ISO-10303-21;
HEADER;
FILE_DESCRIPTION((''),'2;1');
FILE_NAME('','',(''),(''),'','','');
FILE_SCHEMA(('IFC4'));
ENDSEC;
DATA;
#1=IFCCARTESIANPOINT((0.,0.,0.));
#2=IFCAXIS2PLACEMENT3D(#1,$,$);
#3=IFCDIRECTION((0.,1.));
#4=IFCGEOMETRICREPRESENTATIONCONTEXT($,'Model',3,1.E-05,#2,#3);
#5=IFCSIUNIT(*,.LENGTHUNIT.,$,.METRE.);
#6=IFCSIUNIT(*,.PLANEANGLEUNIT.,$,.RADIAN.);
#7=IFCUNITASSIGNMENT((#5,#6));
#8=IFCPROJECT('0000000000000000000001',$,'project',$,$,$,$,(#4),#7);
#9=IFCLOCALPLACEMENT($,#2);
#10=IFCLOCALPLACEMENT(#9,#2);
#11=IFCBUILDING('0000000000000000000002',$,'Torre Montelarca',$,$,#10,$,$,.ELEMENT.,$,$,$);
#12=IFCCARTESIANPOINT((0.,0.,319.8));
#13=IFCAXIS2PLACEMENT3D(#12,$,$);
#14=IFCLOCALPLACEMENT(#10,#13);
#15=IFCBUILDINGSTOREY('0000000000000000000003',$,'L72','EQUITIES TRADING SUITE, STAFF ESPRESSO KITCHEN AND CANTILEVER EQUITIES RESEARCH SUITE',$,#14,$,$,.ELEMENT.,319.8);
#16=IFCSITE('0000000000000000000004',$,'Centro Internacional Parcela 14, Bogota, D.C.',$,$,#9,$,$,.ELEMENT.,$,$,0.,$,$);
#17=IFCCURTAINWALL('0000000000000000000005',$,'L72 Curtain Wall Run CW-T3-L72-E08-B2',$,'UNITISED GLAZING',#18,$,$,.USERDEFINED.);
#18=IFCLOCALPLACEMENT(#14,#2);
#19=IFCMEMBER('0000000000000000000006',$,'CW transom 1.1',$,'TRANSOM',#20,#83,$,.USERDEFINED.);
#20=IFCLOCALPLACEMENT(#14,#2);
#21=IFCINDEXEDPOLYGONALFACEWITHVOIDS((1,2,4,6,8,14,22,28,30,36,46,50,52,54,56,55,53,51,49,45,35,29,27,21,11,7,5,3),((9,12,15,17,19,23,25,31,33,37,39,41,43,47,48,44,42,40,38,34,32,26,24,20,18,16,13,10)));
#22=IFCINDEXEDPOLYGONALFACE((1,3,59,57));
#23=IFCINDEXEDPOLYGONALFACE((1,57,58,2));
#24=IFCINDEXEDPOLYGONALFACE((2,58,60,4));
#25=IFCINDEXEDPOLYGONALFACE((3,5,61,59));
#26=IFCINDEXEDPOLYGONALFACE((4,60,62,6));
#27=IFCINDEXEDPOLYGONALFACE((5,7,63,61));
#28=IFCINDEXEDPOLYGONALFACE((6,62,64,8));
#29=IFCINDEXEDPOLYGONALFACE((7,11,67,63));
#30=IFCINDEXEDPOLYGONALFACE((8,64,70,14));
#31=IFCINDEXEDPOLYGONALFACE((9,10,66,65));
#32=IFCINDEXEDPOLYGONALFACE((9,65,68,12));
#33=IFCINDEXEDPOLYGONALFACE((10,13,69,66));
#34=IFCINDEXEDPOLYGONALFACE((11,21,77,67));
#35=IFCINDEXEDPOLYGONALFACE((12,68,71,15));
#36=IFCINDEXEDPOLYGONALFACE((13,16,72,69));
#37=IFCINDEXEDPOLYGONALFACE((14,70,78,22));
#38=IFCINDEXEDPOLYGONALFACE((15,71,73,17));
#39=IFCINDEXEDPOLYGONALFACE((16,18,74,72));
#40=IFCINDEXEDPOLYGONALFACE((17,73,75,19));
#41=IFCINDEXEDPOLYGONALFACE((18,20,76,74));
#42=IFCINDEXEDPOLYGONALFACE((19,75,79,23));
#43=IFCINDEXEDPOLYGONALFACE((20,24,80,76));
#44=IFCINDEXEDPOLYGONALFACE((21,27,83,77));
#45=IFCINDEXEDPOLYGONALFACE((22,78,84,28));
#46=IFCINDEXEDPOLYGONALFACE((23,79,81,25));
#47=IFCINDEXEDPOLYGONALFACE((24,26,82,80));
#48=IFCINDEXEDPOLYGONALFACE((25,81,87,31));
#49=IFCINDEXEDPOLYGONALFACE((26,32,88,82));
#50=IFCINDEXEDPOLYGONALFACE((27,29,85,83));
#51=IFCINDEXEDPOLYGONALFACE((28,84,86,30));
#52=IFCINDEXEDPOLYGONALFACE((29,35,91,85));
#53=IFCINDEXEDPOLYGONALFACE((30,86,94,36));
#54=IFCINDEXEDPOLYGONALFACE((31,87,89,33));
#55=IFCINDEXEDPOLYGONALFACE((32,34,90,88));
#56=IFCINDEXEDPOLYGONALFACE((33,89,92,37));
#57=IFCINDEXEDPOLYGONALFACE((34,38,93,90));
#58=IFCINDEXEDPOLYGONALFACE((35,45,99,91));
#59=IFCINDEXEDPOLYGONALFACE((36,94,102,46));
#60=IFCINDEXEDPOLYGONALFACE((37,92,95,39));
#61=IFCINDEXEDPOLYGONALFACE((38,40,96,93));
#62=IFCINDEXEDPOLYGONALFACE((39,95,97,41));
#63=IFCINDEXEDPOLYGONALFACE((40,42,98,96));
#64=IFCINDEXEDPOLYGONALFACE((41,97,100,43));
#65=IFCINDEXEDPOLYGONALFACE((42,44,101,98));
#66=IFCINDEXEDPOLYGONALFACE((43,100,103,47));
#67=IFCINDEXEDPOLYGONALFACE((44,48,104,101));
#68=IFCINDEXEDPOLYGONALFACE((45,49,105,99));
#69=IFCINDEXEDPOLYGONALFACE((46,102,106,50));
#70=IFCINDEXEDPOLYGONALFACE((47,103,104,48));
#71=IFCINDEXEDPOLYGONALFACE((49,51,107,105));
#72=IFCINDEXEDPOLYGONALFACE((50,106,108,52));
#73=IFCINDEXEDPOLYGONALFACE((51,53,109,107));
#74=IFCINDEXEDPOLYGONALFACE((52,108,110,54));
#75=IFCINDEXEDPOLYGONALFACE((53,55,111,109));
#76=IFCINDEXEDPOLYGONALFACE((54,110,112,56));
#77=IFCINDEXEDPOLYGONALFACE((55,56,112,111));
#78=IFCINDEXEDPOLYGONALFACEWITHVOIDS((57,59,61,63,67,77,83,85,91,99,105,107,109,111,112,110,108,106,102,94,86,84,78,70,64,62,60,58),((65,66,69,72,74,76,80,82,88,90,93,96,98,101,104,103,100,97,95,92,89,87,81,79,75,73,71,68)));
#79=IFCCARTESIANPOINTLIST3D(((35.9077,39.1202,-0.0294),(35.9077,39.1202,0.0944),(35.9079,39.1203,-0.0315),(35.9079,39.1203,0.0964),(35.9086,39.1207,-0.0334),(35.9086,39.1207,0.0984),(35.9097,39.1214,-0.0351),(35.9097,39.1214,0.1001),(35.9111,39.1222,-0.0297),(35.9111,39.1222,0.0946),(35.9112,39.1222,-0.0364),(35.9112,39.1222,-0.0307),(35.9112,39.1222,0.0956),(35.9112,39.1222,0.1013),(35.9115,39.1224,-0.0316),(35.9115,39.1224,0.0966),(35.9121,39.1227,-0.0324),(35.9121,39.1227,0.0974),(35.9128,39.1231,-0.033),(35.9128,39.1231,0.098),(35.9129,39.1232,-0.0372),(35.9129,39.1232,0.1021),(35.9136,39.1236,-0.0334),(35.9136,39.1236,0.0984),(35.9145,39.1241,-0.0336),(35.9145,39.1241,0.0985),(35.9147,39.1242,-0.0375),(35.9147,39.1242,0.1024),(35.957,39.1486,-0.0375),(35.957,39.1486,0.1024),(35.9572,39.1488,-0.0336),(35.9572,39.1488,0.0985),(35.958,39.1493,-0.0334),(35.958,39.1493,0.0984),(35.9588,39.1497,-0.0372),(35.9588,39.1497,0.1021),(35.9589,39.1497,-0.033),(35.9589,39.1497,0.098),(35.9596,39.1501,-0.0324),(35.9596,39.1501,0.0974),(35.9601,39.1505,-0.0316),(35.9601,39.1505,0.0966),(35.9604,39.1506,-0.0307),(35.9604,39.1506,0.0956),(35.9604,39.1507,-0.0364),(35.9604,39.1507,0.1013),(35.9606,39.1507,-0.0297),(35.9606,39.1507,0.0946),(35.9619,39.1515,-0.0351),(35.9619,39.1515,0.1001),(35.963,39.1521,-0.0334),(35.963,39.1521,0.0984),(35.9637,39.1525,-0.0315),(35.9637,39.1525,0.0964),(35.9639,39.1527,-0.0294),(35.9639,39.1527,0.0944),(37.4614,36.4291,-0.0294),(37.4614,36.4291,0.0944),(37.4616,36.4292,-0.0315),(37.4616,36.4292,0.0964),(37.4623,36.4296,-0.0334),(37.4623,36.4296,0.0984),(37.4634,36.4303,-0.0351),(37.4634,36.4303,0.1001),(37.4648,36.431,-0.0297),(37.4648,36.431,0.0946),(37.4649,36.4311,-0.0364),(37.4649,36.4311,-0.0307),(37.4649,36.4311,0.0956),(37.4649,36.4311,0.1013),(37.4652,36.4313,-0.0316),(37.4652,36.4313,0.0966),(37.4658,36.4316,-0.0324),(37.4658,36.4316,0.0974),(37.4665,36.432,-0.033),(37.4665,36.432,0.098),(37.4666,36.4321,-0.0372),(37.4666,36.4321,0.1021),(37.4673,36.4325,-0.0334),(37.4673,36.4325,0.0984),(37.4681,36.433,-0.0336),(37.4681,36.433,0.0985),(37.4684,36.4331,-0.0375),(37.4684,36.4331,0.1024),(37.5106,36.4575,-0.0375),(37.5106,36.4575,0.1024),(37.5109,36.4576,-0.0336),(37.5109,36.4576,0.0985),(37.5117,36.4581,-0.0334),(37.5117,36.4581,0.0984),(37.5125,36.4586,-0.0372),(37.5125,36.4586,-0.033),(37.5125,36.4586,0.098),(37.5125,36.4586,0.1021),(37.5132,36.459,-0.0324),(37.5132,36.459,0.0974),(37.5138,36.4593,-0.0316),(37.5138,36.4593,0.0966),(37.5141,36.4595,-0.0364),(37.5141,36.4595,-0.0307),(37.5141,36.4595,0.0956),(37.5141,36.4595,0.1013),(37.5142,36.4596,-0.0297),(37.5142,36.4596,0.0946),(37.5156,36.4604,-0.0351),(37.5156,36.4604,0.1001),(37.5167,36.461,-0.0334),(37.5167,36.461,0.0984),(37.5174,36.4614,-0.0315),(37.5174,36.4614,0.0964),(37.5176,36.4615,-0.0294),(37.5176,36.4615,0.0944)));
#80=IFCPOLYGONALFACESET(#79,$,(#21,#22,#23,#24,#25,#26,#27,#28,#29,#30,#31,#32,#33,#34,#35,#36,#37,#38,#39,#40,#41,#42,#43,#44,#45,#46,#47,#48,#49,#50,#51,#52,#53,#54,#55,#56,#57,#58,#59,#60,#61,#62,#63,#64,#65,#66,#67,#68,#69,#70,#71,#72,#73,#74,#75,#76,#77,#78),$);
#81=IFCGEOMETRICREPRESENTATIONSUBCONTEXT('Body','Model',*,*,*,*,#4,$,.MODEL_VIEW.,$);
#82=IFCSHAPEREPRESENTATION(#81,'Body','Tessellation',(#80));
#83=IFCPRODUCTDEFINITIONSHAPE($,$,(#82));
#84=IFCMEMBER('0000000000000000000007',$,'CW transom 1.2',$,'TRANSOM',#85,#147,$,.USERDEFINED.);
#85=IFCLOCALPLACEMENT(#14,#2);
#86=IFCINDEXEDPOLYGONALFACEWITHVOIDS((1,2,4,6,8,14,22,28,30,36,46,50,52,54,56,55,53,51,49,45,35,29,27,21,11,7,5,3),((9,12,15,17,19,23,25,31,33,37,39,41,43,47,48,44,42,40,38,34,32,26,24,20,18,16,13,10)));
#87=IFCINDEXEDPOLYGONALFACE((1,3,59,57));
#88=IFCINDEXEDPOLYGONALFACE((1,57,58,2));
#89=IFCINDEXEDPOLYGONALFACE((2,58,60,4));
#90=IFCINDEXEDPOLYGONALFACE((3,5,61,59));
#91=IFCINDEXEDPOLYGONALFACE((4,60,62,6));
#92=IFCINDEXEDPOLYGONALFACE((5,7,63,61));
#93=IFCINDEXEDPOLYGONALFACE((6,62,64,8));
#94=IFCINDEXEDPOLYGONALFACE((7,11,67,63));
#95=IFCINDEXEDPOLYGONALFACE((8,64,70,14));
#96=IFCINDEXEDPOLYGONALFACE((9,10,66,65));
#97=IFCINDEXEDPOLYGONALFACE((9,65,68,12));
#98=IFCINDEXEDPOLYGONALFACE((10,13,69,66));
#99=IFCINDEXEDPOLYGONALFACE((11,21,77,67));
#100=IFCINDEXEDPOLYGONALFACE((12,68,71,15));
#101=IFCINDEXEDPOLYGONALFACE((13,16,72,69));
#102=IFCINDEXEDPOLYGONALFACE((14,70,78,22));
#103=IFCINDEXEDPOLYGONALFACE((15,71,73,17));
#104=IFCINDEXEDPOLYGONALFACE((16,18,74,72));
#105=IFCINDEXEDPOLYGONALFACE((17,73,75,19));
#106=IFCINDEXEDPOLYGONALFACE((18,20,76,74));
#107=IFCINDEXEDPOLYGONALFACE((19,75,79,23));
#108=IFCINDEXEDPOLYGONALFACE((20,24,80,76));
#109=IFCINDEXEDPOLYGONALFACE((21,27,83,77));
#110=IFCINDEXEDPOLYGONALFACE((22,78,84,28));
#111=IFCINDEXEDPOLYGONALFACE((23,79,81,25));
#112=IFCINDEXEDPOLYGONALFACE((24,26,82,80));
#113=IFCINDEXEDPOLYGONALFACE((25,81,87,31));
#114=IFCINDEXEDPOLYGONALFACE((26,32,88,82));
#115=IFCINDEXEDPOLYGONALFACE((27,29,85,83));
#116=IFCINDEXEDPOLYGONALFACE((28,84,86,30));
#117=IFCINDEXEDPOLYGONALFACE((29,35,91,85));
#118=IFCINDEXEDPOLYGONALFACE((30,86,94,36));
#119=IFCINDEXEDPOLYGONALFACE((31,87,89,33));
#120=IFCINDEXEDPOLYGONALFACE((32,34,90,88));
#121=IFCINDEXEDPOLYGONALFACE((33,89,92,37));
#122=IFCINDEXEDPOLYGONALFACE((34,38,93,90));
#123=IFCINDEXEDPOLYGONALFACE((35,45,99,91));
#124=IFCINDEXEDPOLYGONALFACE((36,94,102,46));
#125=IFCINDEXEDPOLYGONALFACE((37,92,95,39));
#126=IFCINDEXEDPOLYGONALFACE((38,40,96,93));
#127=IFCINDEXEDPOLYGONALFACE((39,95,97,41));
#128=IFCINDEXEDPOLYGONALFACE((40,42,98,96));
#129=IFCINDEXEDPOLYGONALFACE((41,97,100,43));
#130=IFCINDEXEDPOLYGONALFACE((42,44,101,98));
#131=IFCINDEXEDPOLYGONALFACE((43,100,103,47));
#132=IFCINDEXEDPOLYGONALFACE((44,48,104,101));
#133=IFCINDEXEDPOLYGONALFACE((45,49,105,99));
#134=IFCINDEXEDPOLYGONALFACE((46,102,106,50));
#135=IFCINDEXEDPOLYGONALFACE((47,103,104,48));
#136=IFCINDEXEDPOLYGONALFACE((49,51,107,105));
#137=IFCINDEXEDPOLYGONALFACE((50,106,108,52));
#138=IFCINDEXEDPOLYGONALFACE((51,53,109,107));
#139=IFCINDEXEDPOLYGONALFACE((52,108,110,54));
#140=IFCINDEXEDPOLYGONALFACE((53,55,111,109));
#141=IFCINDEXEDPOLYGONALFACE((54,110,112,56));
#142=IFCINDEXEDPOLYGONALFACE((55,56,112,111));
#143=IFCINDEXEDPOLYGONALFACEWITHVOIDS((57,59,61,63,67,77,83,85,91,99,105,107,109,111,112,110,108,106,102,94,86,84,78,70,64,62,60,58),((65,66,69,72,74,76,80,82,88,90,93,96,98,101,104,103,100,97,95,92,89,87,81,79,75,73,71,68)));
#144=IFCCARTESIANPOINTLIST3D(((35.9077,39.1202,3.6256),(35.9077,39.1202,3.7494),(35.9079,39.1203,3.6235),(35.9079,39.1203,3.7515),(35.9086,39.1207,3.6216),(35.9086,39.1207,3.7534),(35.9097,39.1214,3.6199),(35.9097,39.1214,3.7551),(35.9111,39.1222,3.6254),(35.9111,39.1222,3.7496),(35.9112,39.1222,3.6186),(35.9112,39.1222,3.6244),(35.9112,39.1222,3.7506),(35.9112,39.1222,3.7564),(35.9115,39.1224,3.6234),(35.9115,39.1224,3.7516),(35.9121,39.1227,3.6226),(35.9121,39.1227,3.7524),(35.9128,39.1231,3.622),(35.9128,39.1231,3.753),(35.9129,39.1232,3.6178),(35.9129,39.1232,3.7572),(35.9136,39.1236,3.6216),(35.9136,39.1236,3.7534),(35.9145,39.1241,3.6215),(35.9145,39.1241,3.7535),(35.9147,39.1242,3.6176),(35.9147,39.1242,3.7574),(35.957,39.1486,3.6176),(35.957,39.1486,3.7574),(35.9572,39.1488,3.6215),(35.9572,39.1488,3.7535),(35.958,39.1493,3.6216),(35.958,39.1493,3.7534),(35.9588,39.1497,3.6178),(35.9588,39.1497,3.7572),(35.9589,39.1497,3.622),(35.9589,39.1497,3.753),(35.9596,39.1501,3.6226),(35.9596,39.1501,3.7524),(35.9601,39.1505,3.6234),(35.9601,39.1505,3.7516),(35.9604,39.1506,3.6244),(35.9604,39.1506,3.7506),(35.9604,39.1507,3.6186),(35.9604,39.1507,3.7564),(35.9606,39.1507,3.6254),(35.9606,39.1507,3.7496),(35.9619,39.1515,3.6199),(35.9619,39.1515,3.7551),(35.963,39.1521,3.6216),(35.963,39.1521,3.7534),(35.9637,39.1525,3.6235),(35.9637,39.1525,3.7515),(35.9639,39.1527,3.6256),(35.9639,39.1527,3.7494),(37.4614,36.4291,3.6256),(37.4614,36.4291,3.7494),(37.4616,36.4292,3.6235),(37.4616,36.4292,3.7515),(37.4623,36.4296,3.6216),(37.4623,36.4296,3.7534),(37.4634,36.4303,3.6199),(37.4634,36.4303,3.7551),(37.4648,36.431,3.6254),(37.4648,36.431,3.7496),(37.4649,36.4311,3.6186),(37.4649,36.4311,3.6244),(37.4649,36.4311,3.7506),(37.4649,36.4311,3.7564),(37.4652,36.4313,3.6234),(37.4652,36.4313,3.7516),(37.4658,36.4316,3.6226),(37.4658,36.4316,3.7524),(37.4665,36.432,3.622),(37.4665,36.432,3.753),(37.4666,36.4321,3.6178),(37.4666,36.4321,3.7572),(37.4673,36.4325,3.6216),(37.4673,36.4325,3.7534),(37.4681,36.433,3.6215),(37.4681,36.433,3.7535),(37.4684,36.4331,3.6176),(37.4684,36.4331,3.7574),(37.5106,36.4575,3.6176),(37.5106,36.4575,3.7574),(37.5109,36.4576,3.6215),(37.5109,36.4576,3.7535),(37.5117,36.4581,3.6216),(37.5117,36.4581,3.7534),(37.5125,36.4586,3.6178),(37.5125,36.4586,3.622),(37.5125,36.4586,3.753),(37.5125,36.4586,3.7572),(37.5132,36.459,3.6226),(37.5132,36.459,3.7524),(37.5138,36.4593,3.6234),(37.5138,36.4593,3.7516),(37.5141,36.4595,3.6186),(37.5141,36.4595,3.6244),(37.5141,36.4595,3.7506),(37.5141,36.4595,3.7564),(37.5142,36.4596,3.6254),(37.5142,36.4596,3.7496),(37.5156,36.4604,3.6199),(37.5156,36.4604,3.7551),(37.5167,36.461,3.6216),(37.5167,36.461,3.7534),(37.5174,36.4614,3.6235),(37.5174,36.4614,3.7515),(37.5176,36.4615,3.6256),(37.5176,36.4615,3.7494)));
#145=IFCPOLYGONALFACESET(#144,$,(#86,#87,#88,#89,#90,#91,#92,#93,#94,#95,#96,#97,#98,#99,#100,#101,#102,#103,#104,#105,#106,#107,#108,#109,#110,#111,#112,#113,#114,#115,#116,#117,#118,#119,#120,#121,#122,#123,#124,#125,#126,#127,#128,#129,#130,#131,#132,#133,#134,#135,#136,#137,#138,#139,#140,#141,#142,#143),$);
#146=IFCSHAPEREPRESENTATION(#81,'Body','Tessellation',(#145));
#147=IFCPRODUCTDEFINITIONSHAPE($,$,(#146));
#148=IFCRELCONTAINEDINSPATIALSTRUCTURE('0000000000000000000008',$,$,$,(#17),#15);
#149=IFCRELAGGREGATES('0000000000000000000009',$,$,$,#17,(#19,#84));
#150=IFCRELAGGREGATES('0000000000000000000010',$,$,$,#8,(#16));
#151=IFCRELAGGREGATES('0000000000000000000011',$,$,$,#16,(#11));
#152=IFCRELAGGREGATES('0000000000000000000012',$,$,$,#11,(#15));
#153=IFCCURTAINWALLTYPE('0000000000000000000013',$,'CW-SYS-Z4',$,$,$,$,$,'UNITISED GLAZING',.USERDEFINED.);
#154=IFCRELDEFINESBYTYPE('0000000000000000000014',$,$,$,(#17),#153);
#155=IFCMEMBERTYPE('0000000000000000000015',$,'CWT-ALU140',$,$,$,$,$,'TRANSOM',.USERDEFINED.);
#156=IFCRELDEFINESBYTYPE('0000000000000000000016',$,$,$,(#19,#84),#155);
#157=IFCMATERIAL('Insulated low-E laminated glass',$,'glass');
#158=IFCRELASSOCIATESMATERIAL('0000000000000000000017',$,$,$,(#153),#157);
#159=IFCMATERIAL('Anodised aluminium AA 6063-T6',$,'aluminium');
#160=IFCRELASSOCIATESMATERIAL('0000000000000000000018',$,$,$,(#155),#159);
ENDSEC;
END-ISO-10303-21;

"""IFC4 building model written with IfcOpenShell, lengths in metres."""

from ifc_helpers import new_model, si_unit, direction, frame, origin, origin_2d, place, context, subcontext, project, spatial, hollow_rectangle, extrude, source, transform, mapped, material, material_profile, profile_set, type_object, element, aggregate, save


model = new_model("IFC4")

# Units and contexts
model_context = context("Model", 3, precision=1e-05, world=origin(), true_north=direction((0.0, 1.0)))
body_context = subcontext(model_context, "Body", "Model", "MODEL_VIEW")
ifc_project = project(units=[si_unit("LENGTHUNIT", "METRE"), si_unit("PLANEANGLEUNIT", "RADIAN")], contexts=[model_context])

# Site, building, storey
site_placement = place(None, origin())
site = spatial("IfcSite", under=ifc_project, at=site_placement, Name="Centro Internacional Parcela 14, Bogota, D.C.", CompositionType="ELEMENT", RefElevation=0.0)
building_placement = place(site_placement, origin())
building = spatial("IfcBuilding", under=site, at=building_placement, Name="Torre Montelarca", CompositionType="ELEMENT")
storey_placement = place(building_placement, frame((0.0, 0.0, 319.8)))
storey = spatial("IfcBuildingStorey", under=building, at=storey_placement, Name="L72", Description="EQUITIES TRADING SUITE, STAFF ESPRESSO KITCHEN AND CANTILEVER EQUITIES RESEARCH SUITE", CompositionType="ELEMENT", Elevation=319.8)

# Curtain wall, members
ifc_material_1 = material(Name="Insulated low-E laminated glass", Category="glass")
curtain_wall_type = type_object("IfcCurtainWallType", Name="CW-SYS-Z4", ElementType="UNITISED GLAZING", PredefinedType="USERDEFINED", material=ifc_material_1)
ifc_material_2 = material(Name="Anodised aluminium AA 6063-T6", Category="aluminium")
curtain_wall_1_placement = place(storey_placement, origin())
curtain_wall_1 = element("IfcCurtainWall", 1, at=curtain_wall_1_placement, inside=storey, type_object=curtain_wall_type, Name="L72 Curtain Wall Run CW-T3-L72-E08-B2", ObjectType="UNITISED GLAZING", PredefinedType="USERDEFINED")
ifc_material_profile_1 = material_profile(ifc_material_2, hollow_rectangle(XDim=0.0649, YDim=0.1399, WallThickness=0.0039, InnerFilletRadius=0.0039, OuterFilletRadius=0.0081, at=origin_2d()), Name="ALU65X140X4", Category="aluminium")
ifc_profile_set_1 = profile_set([ifc_material_profile_1], Name="Anodised aluminium AA 6063-T6")
member_type_1 = type_object("IfcMemberType", Name="CWT-ALU140", ElementType="TRANSOM", PredefinedType="USERDEFINED", material=ifc_profile_set_1)
shared_shape_1 = source(origin(), body_context, "Body", "SweptSolid", [
    extrude(hollow_rectangle(XDim=0.0649, YDim=0.1399, WallThickness=0.0039, InnerFilletRadius=0.0039, OuterFilletRadius=0.0081, at=origin_2d()), origin(), (0.0, 0.0, 1.0), 3.1074),
])
member_1_placement = place(storey_placement, frame((37.4895, 36.4453, 0.0325), z_axis=(-0.499992, 0.86603, 0.0), x_axis=(-0.86603, -0.499992, 0.0)))
member_1 = element("IfcMember", 2, at=member_1_placement, type_object=member_type_1, Name="CW transom 1.1", ObjectType="TRANSOM", PredefinedType="USERDEFINED", context=body_context, shape_type="MappedRepresentation", body=[
    mapped(shared_shape_1, transform((0.0, 0.0, 0.0), scale=1.0)),
])
member_2_placement = place(storey_placement, frame((37.4895, 36.4453, 3.6875), z_axis=(-0.499992, 0.86603, 0.0), x_axis=(-0.86603, -0.499992, 0.0)))
member_2 = element("IfcMember", 3, at=member_2_placement, type_object=member_type_1, Name="CW transom 1.2", ObjectType="TRANSOM", PredefinedType="USERDEFINED", context=body_context, shape_type="MappedRepresentation", body=[
    mapped(shared_shape_1, transform((0.0, 0.0, 0.0), scale=1.0)),
])

aggregate(curtain_wall_1, [member_1, member_2])

save(model, "model.ifc")
